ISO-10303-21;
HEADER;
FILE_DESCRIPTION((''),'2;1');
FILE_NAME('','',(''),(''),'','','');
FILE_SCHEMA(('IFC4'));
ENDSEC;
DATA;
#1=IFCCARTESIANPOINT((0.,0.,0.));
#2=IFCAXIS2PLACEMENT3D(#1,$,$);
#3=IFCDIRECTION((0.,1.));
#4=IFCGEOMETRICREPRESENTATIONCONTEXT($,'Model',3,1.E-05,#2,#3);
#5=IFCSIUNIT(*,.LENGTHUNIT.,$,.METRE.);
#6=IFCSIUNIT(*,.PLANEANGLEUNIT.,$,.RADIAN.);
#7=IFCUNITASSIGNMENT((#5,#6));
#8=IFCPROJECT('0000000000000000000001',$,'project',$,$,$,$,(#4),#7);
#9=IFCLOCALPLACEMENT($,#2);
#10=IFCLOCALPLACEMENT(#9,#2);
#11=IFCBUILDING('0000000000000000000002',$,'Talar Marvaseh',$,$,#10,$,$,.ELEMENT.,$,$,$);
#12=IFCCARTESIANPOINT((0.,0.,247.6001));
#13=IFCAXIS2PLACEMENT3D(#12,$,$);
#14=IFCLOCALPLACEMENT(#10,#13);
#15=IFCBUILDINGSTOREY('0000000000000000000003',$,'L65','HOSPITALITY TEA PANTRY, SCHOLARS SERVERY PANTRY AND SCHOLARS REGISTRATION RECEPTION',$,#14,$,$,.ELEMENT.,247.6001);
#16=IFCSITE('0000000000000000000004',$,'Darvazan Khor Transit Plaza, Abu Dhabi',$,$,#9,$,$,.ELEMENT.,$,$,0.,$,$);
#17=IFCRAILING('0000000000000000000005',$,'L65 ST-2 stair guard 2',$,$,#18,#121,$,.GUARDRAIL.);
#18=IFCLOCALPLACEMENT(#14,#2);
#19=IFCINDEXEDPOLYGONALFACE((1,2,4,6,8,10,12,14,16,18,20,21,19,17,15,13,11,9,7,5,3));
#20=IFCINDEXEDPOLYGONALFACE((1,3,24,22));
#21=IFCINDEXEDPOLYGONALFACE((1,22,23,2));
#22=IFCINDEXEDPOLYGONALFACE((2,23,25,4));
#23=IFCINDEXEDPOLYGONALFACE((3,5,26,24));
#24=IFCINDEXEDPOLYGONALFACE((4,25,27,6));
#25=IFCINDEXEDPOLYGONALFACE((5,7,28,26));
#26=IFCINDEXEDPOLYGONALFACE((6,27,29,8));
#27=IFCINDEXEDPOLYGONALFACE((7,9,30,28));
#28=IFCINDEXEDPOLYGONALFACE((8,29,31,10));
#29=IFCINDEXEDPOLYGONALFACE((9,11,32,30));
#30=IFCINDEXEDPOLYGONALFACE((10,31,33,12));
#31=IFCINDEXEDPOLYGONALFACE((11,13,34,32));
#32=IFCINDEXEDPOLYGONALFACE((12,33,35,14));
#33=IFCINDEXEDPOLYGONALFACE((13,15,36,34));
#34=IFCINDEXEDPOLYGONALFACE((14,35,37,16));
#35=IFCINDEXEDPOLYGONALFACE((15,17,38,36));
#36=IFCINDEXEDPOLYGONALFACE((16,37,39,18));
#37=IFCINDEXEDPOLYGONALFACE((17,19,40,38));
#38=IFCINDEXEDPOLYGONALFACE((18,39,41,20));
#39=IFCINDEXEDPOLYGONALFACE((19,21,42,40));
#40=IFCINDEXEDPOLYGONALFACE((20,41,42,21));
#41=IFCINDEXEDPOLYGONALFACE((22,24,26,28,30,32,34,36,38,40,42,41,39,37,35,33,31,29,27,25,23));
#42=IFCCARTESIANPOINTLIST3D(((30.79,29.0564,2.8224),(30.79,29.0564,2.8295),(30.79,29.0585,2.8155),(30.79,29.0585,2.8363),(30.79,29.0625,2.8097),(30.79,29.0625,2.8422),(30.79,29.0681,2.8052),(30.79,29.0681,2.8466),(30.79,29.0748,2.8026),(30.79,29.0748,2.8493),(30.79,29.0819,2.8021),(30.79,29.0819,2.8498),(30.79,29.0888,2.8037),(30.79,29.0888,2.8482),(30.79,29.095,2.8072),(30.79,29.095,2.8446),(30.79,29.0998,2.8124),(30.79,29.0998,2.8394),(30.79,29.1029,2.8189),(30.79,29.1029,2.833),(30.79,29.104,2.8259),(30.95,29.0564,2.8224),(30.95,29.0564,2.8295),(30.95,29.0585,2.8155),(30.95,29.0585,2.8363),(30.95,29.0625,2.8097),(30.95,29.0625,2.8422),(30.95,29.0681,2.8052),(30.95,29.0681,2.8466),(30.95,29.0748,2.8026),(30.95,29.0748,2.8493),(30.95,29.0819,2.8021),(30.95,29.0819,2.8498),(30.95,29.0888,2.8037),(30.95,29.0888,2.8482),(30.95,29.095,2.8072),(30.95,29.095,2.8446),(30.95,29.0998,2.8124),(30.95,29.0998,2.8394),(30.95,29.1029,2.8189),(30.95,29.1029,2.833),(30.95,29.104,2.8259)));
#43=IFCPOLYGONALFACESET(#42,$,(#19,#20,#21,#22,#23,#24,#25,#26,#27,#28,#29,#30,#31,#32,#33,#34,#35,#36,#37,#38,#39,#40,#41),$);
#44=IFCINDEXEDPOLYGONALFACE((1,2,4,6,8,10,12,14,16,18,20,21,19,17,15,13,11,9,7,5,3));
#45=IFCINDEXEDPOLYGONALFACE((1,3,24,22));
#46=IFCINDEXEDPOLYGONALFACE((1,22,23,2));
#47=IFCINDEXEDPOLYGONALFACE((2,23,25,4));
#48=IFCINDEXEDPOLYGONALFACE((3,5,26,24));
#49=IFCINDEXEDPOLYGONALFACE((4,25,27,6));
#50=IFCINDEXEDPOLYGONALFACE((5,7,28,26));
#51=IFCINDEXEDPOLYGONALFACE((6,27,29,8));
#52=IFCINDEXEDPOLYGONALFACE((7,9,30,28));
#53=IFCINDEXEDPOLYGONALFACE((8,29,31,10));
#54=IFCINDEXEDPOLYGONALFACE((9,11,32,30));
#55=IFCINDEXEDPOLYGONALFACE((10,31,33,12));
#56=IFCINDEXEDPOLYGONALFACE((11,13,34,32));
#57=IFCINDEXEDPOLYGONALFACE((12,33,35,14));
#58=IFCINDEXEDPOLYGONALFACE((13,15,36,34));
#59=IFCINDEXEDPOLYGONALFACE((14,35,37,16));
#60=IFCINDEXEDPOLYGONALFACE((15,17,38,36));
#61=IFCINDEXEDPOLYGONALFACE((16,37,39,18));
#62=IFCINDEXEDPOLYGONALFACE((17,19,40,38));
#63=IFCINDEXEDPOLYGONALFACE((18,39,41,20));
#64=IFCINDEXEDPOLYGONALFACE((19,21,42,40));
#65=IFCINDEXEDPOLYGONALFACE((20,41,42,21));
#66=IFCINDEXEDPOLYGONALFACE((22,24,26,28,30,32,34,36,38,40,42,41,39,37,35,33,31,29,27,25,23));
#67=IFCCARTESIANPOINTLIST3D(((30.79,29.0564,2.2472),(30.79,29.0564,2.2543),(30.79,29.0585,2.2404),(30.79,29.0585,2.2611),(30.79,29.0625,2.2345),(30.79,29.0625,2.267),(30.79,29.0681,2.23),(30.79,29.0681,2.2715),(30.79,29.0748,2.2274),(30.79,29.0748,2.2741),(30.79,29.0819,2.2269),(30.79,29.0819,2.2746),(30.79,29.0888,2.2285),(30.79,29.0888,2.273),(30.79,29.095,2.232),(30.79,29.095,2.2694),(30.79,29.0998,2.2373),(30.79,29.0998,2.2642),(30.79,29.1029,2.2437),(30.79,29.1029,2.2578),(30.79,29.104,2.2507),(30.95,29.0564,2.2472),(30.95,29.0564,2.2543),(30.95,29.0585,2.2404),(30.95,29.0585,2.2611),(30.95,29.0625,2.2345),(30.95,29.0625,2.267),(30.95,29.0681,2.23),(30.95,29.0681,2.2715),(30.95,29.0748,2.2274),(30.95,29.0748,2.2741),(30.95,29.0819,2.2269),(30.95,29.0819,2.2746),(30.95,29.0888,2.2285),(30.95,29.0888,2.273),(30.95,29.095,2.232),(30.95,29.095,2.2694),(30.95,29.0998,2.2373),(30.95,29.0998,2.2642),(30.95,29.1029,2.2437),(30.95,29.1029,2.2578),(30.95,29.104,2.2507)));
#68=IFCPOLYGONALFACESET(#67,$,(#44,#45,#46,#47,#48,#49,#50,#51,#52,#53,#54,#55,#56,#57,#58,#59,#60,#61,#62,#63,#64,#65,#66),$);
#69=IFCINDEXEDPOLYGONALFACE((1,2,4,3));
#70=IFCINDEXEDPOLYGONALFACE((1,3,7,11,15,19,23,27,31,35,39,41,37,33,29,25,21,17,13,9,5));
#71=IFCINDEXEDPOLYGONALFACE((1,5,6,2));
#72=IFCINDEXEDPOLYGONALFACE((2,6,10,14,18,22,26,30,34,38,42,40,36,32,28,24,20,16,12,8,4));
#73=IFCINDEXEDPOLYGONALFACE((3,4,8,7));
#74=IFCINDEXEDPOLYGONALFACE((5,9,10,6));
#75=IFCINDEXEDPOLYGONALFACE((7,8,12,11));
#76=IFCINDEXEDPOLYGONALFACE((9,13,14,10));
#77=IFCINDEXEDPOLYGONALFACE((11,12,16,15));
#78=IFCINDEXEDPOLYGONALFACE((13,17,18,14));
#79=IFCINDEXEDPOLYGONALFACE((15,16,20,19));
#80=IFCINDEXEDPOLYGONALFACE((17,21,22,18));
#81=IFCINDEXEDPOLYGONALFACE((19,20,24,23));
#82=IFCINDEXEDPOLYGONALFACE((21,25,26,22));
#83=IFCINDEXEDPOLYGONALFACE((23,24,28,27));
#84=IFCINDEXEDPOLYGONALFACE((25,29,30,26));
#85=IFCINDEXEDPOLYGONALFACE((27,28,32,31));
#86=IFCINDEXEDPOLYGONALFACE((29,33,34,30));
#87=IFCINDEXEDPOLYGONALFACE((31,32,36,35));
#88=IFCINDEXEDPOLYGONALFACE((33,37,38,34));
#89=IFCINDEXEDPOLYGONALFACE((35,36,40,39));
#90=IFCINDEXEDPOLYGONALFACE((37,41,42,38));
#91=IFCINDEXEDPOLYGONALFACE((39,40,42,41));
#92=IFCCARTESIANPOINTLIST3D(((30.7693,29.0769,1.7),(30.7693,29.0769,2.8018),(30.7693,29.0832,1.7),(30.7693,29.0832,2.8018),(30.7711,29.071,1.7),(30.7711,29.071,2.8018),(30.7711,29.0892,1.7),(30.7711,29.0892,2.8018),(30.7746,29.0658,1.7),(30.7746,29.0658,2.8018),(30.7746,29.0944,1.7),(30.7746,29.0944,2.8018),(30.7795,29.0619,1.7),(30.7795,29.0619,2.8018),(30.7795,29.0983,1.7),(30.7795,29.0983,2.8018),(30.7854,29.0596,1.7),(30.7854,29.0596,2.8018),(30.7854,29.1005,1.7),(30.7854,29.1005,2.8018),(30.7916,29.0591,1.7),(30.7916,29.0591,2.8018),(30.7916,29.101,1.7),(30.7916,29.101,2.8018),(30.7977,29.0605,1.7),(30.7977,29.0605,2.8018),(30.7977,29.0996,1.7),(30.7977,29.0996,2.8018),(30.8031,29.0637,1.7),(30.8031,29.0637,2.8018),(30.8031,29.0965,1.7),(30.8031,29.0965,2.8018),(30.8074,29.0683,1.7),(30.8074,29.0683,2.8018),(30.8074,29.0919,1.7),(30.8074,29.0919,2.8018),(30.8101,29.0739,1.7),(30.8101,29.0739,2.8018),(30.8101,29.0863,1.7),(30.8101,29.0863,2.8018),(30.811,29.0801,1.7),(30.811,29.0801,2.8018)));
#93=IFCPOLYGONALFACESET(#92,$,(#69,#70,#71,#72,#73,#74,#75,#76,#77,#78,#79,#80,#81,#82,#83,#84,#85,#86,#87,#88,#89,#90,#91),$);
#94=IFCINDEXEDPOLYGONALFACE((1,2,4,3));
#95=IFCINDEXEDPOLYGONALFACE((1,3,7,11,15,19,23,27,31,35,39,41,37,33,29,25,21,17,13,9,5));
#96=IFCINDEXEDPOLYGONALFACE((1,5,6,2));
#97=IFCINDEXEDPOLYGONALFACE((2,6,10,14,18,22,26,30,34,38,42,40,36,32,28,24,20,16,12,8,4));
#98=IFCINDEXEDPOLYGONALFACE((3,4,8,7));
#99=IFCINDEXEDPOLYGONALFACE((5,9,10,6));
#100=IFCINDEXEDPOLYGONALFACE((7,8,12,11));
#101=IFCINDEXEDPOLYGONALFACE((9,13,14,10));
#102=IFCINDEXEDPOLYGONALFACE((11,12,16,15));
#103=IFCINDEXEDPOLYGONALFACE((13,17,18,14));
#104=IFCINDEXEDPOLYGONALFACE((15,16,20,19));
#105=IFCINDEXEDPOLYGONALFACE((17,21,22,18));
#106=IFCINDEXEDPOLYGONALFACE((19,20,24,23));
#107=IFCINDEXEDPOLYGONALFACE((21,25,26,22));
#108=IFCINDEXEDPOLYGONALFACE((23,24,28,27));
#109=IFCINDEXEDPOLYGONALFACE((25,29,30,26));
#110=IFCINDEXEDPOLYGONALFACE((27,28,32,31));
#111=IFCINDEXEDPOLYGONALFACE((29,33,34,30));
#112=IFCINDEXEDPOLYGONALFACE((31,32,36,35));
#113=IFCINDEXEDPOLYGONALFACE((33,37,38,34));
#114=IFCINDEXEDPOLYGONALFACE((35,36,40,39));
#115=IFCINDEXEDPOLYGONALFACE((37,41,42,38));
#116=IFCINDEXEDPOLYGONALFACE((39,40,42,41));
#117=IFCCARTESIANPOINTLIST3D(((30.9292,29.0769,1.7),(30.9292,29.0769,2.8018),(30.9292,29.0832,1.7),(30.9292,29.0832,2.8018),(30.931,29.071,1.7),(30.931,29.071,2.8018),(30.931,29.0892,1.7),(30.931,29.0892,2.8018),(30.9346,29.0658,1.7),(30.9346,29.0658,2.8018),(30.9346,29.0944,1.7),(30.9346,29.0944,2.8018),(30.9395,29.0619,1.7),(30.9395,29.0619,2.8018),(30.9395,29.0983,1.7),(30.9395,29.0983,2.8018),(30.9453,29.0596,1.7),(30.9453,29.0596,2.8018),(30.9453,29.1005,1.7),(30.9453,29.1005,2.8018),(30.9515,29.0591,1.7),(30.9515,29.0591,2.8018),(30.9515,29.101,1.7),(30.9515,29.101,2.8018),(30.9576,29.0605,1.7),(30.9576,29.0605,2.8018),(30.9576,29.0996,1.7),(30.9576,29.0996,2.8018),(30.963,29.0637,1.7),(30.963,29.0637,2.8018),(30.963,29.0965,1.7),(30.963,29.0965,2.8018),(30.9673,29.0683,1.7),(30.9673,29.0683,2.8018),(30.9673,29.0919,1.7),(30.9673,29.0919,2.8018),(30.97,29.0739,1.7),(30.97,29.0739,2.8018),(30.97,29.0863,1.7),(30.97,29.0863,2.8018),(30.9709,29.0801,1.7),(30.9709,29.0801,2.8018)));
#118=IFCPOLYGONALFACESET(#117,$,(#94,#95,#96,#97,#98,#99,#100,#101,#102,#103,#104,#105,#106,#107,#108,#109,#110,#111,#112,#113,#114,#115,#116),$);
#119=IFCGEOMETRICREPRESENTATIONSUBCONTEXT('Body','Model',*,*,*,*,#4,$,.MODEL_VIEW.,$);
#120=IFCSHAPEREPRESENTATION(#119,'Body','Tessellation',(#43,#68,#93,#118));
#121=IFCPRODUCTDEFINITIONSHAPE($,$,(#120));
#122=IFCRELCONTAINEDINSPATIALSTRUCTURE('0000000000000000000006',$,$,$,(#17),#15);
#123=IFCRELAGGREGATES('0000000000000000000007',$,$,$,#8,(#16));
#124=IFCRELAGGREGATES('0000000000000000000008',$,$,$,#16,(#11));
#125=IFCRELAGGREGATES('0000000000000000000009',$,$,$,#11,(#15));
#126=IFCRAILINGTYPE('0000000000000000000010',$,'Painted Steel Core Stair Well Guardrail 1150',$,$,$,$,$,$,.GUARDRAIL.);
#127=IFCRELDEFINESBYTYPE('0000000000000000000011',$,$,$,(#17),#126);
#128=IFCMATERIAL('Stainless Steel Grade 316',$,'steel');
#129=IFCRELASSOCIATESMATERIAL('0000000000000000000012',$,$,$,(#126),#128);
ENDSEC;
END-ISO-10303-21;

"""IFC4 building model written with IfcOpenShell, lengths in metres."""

from ifc_helpers import new_model, si_unit, direction, frame, origin, origin_2d, place, context, subcontext, project, spatial, circle, extrude, material, type_object, element, save


model = new_model("IFC4")

# Units and contexts
model_context = context("Model", 3, precision=1e-05, world=origin(), true_north=direction((0.0, 1.0)))
body_context = subcontext(model_context, "Body", "Model", "MODEL_VIEW")
ifc_project = project(units=[si_unit("LENGTHUNIT", "METRE"), si_unit("PLANEANGLEUNIT", "RADIAN")], contexts=[model_context])

# Site, building, storey
site_placement = place(None, origin())
site = spatial("IfcSite", under=ifc_project, at=site_placement, Name="Darvazan Khor Transit Plaza, Abu Dhabi", CompositionType="ELEMENT", RefElevation=0.0)
building_placement = place(site_placement, origin())
building = spatial("IfcBuilding", under=site, at=building_placement, Name="Talar Marvaseh", CompositionType="ELEMENT")
storey_placement = place(building_placement, frame((0.0, 0.0, 247.6001)))
storey = spatial("IfcBuildingStorey", under=building, at=storey_placement, Name="L65", Description="HOSPITALITY TEA PANTRY, SCHOLARS SERVERY PANTRY AND SCHOLARS REGISTRATION RECEPTION", CompositionType="ELEMENT", Elevation=247.6001)

# Shared definitions
ifc_material_1 = material(Name="Stainless Steel Grade 316", Category="steel")

# Railing
railing_type_1 = type_object("IfcRailingType", Name="Painted Steel Core Stair Well Guardrail 1150", PredefinedType="GUARDRAIL", material=ifc_material_1)
railing_1_placement = place(storey_placement, frame((30.79, 29.0801, 1.7)))
element("IfcRailing", 1, at=railing_1_placement, inside=storey, type_object=railing_type_1, Name="L65 ST-2 stair guard 2", PredefinedType="GUARDRAIL", context=body_context, shape_type="SweptSolid", body=[
    extrude(circle(Radius=0.0239, at=origin_2d()), frame((0.0, 0.0, 1.126), z_axis=(1.0, 0.0, 0.0), x_axis=(0.0, 1.0, 0.0)), (0.0, 0.0, 1.0), 0.1599),
    extrude(circle(Radius=0.0239, at=origin_2d()), frame((0.0, 0.0, 0.5508), z_axis=(1.0, 0.0, 0.0), x_axis=(0.0, 1.0, 0.0)), (0.0, 0.0, 1.0), 0.1599),
    extrude(circle(Radius=0.021, at=origin_2d()), origin(), (0.0, 0.0, 1.0), 1.1018),
    extrude(circle(Radius=0.021, at=origin_2d()), frame((0.1599, 0.0, 0.0)), (0.0, 0.0, 1.0), 1.1018),
])

save(model, "model.ifc")
